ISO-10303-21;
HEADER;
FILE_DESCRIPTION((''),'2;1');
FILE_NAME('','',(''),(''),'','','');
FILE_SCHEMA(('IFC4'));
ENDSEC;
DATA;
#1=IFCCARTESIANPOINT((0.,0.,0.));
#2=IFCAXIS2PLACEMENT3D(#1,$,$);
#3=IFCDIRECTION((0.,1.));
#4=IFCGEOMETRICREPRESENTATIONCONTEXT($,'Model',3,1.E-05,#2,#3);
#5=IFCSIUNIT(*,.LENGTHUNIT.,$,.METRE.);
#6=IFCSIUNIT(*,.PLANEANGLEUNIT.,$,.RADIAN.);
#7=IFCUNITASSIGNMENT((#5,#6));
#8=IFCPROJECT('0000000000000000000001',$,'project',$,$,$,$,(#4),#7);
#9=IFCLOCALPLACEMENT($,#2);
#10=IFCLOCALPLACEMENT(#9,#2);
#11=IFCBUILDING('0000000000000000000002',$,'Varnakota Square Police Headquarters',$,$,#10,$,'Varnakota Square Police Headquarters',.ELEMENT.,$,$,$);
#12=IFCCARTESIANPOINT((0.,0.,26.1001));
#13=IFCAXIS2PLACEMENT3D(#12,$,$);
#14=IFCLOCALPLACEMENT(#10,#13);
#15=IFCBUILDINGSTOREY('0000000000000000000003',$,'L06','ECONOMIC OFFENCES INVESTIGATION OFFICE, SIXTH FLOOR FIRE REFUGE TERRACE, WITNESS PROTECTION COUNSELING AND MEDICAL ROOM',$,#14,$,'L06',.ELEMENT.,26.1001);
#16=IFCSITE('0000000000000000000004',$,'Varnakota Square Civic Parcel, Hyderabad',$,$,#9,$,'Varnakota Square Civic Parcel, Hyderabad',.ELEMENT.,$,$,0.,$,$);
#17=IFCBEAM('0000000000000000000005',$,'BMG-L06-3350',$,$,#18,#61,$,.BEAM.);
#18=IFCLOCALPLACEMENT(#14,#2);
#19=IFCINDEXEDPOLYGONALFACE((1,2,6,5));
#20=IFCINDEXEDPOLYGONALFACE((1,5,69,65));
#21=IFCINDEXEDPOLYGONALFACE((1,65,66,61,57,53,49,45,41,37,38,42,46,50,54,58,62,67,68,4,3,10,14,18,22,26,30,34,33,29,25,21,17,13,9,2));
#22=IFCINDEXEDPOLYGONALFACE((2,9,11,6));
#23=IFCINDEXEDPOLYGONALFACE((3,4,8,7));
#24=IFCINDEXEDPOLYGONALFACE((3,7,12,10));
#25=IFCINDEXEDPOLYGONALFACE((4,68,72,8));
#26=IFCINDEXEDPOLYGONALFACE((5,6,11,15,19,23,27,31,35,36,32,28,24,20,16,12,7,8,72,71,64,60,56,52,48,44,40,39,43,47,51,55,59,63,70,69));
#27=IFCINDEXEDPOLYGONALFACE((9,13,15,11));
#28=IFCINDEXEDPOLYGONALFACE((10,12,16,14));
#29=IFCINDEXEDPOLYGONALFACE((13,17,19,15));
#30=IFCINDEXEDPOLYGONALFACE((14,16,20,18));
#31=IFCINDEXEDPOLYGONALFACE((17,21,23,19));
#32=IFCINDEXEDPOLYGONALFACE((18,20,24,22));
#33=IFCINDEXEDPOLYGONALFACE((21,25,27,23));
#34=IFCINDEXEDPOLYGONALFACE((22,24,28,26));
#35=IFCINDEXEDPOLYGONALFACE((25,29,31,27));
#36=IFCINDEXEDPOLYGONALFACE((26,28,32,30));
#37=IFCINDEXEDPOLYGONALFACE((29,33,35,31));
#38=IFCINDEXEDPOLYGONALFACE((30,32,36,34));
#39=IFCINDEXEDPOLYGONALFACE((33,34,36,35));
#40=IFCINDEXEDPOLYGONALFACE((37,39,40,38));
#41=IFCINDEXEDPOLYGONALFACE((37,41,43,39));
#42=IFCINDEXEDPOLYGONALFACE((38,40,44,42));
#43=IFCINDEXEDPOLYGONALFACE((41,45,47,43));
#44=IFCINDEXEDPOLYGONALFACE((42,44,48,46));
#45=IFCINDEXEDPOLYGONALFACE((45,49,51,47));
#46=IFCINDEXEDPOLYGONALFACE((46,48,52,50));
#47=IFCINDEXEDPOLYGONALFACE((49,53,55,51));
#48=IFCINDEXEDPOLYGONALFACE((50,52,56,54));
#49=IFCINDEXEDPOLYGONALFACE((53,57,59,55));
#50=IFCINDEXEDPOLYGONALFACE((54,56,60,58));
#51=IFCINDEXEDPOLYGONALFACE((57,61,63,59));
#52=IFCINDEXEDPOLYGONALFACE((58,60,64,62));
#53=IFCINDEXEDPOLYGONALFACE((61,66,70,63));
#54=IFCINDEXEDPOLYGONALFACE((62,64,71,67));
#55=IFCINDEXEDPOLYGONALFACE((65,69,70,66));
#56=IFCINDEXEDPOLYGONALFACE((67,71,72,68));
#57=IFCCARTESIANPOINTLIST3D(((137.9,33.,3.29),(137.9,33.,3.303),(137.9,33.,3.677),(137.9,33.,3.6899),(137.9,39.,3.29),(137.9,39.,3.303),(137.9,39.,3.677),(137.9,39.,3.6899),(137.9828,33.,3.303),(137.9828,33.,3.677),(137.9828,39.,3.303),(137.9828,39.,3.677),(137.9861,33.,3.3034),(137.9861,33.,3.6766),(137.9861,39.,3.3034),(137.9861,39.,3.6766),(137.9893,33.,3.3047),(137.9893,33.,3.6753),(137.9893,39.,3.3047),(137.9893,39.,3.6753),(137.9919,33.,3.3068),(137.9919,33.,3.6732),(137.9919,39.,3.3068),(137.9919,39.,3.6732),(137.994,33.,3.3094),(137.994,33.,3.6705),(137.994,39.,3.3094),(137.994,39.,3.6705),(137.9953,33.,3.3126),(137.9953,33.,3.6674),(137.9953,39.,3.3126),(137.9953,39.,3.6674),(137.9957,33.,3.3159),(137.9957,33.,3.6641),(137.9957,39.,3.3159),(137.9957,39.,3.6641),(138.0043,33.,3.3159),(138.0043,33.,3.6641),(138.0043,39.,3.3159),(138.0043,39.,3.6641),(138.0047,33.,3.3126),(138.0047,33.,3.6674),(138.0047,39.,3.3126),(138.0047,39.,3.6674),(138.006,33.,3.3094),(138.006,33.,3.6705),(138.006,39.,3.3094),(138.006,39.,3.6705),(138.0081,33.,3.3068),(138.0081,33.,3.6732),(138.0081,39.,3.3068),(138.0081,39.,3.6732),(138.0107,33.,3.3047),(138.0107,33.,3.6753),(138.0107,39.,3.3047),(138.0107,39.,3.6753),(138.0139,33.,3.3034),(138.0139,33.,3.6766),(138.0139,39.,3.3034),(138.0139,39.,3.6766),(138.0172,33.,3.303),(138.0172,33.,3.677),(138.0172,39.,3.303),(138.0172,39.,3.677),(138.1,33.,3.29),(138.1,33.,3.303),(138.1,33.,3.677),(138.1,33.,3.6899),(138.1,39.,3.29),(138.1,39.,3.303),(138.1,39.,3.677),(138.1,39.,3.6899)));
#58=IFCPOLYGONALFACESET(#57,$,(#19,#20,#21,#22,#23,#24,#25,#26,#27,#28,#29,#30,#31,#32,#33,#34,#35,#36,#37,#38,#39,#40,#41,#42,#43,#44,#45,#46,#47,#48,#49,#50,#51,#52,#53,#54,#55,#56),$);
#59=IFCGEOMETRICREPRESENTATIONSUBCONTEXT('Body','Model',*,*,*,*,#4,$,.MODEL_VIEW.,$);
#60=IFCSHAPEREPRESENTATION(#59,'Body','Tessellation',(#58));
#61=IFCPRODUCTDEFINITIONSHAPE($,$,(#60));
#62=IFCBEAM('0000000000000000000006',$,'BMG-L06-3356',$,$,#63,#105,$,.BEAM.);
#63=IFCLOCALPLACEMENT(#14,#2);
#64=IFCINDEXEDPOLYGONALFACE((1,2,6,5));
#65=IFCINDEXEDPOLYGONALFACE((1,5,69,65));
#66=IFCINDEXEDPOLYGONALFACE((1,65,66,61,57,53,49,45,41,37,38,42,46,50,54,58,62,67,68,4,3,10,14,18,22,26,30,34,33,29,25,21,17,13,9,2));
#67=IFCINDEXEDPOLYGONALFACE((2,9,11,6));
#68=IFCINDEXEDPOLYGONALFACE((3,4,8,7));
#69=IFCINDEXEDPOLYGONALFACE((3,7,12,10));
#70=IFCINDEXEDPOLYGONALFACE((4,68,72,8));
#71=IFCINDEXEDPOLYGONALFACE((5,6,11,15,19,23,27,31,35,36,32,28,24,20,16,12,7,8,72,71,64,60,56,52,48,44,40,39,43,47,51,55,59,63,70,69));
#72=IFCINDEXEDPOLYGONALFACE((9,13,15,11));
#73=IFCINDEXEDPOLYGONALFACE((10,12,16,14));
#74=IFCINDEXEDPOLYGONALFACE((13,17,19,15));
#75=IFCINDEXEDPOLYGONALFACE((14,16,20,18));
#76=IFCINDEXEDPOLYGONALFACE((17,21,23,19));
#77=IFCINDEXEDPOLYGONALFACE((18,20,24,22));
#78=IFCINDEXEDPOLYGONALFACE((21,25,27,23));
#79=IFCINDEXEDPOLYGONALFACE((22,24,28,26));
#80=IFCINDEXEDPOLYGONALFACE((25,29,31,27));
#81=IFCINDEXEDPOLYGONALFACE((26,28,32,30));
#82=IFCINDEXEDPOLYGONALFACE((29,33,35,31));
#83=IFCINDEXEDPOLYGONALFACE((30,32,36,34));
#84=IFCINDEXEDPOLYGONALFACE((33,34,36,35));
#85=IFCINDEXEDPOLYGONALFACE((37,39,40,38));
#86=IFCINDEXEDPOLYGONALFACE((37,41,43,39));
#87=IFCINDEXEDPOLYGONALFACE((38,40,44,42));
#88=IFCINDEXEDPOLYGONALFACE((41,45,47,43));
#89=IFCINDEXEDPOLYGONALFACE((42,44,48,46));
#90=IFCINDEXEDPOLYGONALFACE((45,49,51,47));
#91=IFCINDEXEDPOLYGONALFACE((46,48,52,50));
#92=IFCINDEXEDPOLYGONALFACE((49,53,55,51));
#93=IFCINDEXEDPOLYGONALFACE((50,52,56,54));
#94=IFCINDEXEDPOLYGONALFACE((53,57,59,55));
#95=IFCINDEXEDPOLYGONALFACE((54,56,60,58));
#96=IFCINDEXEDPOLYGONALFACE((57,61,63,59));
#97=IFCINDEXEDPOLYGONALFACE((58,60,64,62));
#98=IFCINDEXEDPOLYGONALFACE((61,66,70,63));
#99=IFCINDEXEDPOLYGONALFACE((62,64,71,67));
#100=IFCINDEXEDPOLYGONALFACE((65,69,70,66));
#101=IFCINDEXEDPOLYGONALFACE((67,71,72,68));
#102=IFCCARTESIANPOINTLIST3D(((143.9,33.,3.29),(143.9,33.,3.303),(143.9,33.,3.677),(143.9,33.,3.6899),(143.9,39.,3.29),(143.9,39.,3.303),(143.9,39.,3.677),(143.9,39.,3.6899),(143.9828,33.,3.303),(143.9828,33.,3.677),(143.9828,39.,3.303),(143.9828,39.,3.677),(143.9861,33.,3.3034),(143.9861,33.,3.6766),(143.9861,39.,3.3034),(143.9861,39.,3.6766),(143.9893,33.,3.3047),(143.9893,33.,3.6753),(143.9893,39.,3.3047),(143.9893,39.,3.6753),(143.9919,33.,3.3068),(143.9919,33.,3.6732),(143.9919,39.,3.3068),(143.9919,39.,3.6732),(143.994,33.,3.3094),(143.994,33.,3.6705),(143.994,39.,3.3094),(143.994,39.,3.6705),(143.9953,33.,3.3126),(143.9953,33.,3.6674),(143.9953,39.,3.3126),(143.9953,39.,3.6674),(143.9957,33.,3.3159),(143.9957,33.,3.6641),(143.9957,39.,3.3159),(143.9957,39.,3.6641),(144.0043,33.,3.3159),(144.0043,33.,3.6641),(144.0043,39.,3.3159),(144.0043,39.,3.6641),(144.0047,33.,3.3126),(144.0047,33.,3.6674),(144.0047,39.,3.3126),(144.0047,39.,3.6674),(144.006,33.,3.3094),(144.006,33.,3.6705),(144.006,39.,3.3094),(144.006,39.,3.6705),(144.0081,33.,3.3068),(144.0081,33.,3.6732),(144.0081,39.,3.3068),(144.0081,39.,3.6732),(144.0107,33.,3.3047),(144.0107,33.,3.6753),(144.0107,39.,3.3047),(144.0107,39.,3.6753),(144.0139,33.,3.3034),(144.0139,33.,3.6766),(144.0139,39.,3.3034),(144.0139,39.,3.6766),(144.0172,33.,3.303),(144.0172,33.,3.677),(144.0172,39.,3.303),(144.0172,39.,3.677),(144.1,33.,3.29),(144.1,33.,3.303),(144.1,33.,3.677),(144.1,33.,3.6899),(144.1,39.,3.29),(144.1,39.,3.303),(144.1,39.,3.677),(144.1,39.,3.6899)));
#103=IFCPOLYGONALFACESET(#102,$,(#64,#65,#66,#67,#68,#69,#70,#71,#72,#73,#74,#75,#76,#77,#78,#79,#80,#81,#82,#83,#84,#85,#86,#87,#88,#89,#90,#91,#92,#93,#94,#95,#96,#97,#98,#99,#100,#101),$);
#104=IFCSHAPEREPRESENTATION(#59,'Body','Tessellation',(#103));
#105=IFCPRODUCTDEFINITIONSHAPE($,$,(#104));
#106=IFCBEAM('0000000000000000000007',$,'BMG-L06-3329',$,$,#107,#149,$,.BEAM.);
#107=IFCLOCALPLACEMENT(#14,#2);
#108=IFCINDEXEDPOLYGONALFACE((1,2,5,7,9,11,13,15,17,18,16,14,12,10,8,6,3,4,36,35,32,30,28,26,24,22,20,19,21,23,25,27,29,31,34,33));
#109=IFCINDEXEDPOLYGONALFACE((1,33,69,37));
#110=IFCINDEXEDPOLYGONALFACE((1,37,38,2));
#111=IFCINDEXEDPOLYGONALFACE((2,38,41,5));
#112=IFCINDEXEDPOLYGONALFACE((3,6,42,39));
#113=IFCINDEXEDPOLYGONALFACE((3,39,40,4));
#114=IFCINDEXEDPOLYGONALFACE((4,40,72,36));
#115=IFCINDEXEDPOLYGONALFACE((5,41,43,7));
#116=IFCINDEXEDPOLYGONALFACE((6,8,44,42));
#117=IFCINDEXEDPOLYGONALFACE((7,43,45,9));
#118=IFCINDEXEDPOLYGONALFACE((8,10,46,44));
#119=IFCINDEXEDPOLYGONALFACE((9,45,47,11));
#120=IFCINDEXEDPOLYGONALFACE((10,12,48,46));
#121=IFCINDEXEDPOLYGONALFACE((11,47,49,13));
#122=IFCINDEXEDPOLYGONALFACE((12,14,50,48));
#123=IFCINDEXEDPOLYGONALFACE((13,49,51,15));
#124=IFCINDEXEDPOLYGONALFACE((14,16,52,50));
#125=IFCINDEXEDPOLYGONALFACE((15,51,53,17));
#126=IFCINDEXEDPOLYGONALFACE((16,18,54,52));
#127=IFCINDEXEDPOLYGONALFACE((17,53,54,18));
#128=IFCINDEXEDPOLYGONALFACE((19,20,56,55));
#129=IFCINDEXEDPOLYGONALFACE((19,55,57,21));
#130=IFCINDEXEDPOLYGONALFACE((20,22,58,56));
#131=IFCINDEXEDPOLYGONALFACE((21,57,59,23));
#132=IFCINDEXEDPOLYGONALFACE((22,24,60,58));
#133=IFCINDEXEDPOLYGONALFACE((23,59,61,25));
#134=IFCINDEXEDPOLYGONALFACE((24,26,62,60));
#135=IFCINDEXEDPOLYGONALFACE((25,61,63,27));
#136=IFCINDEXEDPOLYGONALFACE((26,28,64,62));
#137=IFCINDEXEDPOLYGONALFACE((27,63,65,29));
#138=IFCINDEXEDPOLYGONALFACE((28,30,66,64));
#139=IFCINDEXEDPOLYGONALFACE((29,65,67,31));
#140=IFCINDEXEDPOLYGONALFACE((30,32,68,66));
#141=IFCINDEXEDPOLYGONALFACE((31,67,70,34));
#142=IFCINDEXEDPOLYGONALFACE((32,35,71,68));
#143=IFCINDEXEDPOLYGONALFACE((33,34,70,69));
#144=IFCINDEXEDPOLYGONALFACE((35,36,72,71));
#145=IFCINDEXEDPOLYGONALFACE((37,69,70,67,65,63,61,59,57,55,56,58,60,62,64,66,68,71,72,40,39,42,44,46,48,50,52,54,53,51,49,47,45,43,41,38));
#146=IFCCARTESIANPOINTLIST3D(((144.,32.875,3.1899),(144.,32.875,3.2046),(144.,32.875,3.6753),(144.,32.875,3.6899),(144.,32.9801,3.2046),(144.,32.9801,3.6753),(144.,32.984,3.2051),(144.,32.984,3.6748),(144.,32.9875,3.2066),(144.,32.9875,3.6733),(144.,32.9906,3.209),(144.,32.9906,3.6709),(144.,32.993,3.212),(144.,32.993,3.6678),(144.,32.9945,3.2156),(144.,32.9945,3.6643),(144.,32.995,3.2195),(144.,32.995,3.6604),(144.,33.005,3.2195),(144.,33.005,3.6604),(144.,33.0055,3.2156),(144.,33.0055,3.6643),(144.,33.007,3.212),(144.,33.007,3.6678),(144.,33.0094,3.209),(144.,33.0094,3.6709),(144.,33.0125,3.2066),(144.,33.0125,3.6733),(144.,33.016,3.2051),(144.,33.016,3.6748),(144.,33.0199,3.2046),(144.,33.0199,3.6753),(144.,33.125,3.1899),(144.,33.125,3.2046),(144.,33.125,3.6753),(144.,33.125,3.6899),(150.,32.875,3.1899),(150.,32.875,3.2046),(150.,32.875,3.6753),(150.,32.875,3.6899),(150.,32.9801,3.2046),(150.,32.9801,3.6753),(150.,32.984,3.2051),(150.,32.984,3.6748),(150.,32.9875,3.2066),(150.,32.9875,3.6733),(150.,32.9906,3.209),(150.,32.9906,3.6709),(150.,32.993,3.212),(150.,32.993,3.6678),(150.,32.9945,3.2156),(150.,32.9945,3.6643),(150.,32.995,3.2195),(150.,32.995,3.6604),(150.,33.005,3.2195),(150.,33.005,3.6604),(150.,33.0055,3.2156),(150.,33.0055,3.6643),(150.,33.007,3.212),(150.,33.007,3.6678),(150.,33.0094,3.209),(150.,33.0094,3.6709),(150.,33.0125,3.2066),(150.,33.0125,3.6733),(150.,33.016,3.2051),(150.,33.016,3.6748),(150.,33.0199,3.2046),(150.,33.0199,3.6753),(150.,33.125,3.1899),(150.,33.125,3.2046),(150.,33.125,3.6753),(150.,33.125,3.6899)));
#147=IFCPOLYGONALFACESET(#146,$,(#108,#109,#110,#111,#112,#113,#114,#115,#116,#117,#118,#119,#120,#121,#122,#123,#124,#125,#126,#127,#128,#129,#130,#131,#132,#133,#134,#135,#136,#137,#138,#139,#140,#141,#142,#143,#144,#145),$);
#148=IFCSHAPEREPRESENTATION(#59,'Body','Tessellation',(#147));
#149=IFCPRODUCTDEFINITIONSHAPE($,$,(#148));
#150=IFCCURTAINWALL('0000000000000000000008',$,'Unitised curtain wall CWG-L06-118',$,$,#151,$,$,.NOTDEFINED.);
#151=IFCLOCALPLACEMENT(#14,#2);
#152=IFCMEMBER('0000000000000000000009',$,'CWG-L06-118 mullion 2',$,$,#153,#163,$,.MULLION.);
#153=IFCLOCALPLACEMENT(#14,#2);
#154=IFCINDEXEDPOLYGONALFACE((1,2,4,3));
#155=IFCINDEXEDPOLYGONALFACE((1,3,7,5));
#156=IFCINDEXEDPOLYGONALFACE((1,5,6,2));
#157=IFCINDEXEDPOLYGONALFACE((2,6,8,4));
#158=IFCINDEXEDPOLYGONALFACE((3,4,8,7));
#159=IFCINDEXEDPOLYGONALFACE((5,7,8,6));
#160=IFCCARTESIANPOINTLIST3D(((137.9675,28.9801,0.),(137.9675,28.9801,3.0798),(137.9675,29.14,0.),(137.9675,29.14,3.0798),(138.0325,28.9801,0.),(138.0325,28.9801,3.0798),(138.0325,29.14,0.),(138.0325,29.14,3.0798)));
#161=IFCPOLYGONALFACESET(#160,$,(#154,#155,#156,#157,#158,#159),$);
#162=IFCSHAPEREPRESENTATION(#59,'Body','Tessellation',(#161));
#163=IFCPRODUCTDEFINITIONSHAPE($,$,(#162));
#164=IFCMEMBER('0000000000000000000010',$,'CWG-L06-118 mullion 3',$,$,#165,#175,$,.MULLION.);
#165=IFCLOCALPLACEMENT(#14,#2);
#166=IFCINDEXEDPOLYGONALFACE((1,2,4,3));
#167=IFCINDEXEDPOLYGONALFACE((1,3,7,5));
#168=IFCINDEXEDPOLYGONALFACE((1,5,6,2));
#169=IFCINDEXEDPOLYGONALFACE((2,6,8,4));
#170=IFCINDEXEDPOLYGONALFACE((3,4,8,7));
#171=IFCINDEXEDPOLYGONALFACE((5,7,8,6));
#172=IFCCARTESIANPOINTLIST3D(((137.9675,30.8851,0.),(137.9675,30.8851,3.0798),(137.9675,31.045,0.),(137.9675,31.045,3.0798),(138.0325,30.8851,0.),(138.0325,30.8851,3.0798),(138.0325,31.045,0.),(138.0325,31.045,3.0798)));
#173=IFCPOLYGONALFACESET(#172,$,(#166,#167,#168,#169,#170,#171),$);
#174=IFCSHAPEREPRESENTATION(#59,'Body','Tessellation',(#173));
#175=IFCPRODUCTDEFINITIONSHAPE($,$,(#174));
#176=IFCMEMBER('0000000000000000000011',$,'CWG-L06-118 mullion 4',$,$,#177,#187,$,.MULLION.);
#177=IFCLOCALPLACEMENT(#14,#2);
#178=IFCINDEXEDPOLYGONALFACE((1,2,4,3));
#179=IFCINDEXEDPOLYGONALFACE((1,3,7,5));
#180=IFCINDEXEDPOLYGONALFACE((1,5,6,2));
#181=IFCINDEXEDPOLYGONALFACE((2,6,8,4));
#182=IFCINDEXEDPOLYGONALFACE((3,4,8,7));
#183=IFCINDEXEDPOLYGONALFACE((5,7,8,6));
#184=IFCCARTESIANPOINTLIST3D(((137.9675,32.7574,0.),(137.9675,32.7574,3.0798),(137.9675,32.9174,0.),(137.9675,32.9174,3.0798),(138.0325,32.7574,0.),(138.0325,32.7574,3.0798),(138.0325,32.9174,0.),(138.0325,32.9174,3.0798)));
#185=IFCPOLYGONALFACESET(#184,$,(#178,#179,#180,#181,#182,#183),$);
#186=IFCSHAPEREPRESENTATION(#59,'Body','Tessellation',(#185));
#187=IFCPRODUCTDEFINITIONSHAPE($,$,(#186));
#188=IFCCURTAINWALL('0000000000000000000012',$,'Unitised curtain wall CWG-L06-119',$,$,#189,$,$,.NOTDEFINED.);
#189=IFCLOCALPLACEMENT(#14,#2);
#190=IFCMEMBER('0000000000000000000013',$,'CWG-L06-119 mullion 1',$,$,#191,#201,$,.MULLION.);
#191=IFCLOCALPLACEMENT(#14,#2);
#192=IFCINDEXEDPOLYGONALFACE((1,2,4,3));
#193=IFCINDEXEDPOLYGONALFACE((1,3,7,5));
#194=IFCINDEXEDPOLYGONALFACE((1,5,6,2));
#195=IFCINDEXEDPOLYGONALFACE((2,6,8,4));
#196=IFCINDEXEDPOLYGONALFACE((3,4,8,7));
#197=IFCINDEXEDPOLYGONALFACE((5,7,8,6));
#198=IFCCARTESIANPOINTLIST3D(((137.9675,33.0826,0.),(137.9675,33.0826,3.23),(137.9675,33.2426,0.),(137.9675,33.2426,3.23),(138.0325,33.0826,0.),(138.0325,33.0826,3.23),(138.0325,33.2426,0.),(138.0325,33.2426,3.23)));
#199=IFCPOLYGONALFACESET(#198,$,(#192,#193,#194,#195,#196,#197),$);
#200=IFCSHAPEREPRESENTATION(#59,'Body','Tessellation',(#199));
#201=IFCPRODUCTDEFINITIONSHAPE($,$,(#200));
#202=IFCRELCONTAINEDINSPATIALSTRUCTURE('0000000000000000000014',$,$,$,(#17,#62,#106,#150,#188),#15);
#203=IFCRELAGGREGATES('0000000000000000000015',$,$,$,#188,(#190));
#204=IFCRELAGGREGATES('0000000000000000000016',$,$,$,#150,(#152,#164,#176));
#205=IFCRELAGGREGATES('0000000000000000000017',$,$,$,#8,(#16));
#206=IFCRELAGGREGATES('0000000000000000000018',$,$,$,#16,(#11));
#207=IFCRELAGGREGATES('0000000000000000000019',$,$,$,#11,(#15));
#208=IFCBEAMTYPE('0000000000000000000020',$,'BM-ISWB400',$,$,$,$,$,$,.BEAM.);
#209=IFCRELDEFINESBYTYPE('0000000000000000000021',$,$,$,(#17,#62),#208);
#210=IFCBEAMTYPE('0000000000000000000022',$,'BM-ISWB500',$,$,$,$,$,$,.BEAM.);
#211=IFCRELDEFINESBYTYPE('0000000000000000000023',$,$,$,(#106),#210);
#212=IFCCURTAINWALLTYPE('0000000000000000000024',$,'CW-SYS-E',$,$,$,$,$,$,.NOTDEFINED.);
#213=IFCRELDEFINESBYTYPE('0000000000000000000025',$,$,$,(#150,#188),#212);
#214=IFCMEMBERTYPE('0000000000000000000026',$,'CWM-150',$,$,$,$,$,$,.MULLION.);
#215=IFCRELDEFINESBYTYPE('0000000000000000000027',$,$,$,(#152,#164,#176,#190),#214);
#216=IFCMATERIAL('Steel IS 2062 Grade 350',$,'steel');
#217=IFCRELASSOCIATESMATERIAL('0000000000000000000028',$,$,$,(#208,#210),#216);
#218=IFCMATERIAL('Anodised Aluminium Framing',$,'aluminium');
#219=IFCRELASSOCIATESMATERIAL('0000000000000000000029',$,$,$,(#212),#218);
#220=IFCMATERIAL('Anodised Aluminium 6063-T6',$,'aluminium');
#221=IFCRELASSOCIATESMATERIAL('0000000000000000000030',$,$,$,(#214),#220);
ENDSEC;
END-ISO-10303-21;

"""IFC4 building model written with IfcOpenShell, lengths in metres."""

from ifc_helpers import new_model, si_unit, direction, frame, origin, origin_2d, place, context, subcontext, project, spatial, rectangle, i_section, extrude, material, material_profile, profile_set, type_object, element, aggregate, save


model = new_model("IFC4")

# Units and contexts
model_context = context("Model", 3, precision=1e-05, world=origin(), true_north=direction((0.0, 1.0)))
body_context = subcontext(model_context, "Body", "Model", "MODEL_VIEW")
ifc_project = project(units=[si_unit("LENGTHUNIT", "METRE"), si_unit("PLANEANGLEUNIT", "RADIAN")], contexts=[model_context])

# Site, building, storey
site_placement = place(None, origin())
site = spatial("IfcSite", under=ifc_project, at=site_placement, Name="Varnakota Square Civic Parcel, Hyderabad", LongName="Varnakota Square Civic Parcel, Hyderabad", CompositionType="ELEMENT", RefElevation=0.0)
building_placement = place(site_placement, origin())
building = spatial("IfcBuilding", under=site, at=building_placement, Name="Varnakota Square Police Headquarters", LongName="Varnakota Square Police Headquarters", CompositionType="ELEMENT")
storey_placement = place(building_placement, frame((0.0, 0.0, 26.1001)))
storey = spatial("IfcBuildingStorey", under=building, at=storey_placement, Name="L06", Description="ECONOMIC OFFENCES INVESTIGATION OFFICE, SIXTH FLOOR FIRE REFUGE TERRACE, WITNESS PROTECTION COUNSELING AND MEDICAL ROOM", LongName="L06", CompositionType="ELEMENT", Elevation=26.1001)

# Shared definitions
ifc_material_1 = material(Name="Steel IS 2062 Grade 350", Category="steel")

# Beams
ifc_material_profile_1 = material_profile(ifc_material_1, i_section(OverallWidth=0.2, OverallDepth=0.3999, WebThickness=0.0085, FlangeThickness=0.0129, FilletRadius=0.0129, at=origin_2d()), Name="ISWB 400")
ifc_profile_set_1 = profile_set([ifc_material_profile_1], Name="Steel IS 2062 Grade 350")
beam_type_1 = type_object("IfcBeamType", Name="BM-ISWB400", PredefinedType="BEAM", material=ifc_profile_set_1)
for number, where, z_axis, x_axis, name in (
    (1, (138.0, 33.0, 3.49), (0.0, 1.0, 0.0), (-1.0, 0.0, 0.0), "BMG-L06-3350"),
    (2, (144.0, 33.0, 3.49), (0.0, 1.0, 0.0), (-1.0, 0.0, 0.0), "BMG-L06-3356"),
):
    element("IfcBeam", number, at=place(storey_placement, frame(where, z_axis=z_axis, x_axis=x_axis)), inside=storey, type_object=beam_type_1, Name=name, PredefinedType="BEAM", context=body_context, shape_type="SweptSolid", body=[
        extrude(i_section(OverallWidth=0.2, OverallDepth=0.3999, WebThickness=0.0085, FlangeThickness=0.0129, FilletRadius=0.0129, at=origin_2d()), origin(), (0.0, 0.0, 1.0), 6.0),
    ])
ifc_material_profile_2 = material_profile(ifc_material_1, i_section(OverallWidth=0.25, OverallDepth=0.5, WebThickness=0.01, FlangeThickness=0.0146, FilletRadius=0.0149, at=origin_2d()), Name="ISWB 500")
ifc_profile_set_2 = profile_set([ifc_material_profile_2], Name="Steel IS 2062 Grade 350")
beam_type_2 = type_object("IfcBeamType", Name="BM-ISWB500", PredefinedType="BEAM", material=ifc_profile_set_2)
beam_1_placement = place(storey_placement, frame((144.0, 33.0, 3.4399), z_axis=(1.0, 0.0, 0.0), x_axis=(0.0, 1.0, 0.0)))
element("IfcBeam", 3, at=beam_1_placement, inside=storey, type_object=beam_type_2, Name="BMG-L06-3329", PredefinedType="BEAM", context=body_context, shape_type="SweptSolid", body=[
    extrude(i_section(OverallWidth=0.25, OverallDepth=0.5, WebThickness=0.01, FlangeThickness=0.0146, FilletRadius=0.0149, at=origin_2d()), origin(), (0.0, 0.0, 1.0), 6.0),
])

# Curtain wall, members
ifc_material_2 = material(Name="Anodised Aluminium Framing", Category="aluminium")
curtain_wall_type = type_object("IfcCurtainWallType", Name="CW-SYS-E", PredefinedType="NOTDEFINED", material=ifc_material_2)
curtain_wall_1_placement = place(storey_placement, origin())
curtain_wall_1 = element("IfcCurtainWall", 4, at=curtain_wall_1_placement, inside=storey, type_object=curtain_wall_type, Name="Unitised curtain wall CWG-L06-118", PredefinedType="NOTDEFINED")
ifc_material_3 = material(Name="Anodised Aluminium 6063-T6", Category="aluminium")
ifc_material_profile_3 = material_profile(ifc_material_3, rectangle(XDim=0.0649, YDim=0.1599, at=origin_2d()), Name="ALU MULLION 65x160")
ifc_profile_set_3 = profile_set([ifc_material_profile_3], Name="Anodised Aluminium 6063-T6")
member_type_1 = type_object("IfcMemberType", Name="CWM-150", PredefinedType="MULLION", material=ifc_profile_set_3)
member_1_placement = place(storey_placement, frame((138.0, 29.0601, 0.0), z_axis=(0.0, 0.0, 1.0), x_axis=(-1.0, 0.0, 0.0)))
member_1 = element("IfcMember", 5, at=member_1_placement, type_object=member_type_1, Name="CWG-L06-118 mullion 2", PredefinedType="MULLION", context=body_context, shape_type="SweptSolid", body=[
    extrude(rectangle(XDim=0.0649, YDim=0.1599, at=origin_2d()), origin(), (0.0, 0.0, 1.0), 3.0798),
])
member_2_placement = place(storey_placement, frame((138.0, 30.9651, 0.0), z_axis=(0.0, 0.0, 1.0), x_axis=(-1.0, 0.0, 0.0)))
member_2 = element("IfcMember", 6, at=member_2_placement, type_object=member_type_1, Name="CWG-L06-118 mullion 3", PredefinedType="MULLION", context=body_context, shape_type="SweptSolid", body=[
    extrude(rectangle(XDim=0.0649, YDim=0.1599, at=origin_2d()), origin(), (0.0, 0.0, 1.0), 3.0798),
])
member_3_placement = place(storey_placement, frame((138.0, 32.8374, 0.0), z_axis=(0.0, 0.0, 1.0), x_axis=(-1.0, 0.0, 0.0)))
member_3 = element("IfcMember", 7, at=member_3_placement, type_object=member_type_1, Name="CWG-L06-118 mullion 4", PredefinedType="MULLION", context=body_context, shape_type="SweptSolid", body=[
    extrude(rectangle(XDim=0.0649, YDim=0.1599, at=origin_2d()), origin(), (0.0, 0.0, 1.0), 3.0798),
])

# Curtain wall, member
curtain_wall_2_placement = place(storey_placement, origin())
curtain_wall_2 = element("IfcCurtainWall", 8, at=curtain_wall_2_placement, inside=storey, type_object=curtain_wall_type, Name="Unitised curtain wall CWG-L06-119", PredefinedType="NOTDEFINED")
member_4_placement = place(storey_placement, frame((138.0, 33.1626, 0.0), z_axis=(0.0, 0.0, 1.0), x_axis=(-1.0, 0.0, 0.0)))
member_4 = element("IfcMember", 9, at=member_4_placement, type_object=member_type_1, Name="CWG-L06-119 mullion 1", PredefinedType="MULLION", context=body_context, shape_type="SweptSolid", body=[
    extrude(rectangle(XDim=0.0649, YDim=0.1599, at=origin_2d()), origin(), (0.0, 0.0, 1.0), 3.23),
])

aggregate(curtain_wall_2, [member_4])

aggregate(curtain_wall_1, [member_1, member_2, member_3])

save(model, "model.ifc")
